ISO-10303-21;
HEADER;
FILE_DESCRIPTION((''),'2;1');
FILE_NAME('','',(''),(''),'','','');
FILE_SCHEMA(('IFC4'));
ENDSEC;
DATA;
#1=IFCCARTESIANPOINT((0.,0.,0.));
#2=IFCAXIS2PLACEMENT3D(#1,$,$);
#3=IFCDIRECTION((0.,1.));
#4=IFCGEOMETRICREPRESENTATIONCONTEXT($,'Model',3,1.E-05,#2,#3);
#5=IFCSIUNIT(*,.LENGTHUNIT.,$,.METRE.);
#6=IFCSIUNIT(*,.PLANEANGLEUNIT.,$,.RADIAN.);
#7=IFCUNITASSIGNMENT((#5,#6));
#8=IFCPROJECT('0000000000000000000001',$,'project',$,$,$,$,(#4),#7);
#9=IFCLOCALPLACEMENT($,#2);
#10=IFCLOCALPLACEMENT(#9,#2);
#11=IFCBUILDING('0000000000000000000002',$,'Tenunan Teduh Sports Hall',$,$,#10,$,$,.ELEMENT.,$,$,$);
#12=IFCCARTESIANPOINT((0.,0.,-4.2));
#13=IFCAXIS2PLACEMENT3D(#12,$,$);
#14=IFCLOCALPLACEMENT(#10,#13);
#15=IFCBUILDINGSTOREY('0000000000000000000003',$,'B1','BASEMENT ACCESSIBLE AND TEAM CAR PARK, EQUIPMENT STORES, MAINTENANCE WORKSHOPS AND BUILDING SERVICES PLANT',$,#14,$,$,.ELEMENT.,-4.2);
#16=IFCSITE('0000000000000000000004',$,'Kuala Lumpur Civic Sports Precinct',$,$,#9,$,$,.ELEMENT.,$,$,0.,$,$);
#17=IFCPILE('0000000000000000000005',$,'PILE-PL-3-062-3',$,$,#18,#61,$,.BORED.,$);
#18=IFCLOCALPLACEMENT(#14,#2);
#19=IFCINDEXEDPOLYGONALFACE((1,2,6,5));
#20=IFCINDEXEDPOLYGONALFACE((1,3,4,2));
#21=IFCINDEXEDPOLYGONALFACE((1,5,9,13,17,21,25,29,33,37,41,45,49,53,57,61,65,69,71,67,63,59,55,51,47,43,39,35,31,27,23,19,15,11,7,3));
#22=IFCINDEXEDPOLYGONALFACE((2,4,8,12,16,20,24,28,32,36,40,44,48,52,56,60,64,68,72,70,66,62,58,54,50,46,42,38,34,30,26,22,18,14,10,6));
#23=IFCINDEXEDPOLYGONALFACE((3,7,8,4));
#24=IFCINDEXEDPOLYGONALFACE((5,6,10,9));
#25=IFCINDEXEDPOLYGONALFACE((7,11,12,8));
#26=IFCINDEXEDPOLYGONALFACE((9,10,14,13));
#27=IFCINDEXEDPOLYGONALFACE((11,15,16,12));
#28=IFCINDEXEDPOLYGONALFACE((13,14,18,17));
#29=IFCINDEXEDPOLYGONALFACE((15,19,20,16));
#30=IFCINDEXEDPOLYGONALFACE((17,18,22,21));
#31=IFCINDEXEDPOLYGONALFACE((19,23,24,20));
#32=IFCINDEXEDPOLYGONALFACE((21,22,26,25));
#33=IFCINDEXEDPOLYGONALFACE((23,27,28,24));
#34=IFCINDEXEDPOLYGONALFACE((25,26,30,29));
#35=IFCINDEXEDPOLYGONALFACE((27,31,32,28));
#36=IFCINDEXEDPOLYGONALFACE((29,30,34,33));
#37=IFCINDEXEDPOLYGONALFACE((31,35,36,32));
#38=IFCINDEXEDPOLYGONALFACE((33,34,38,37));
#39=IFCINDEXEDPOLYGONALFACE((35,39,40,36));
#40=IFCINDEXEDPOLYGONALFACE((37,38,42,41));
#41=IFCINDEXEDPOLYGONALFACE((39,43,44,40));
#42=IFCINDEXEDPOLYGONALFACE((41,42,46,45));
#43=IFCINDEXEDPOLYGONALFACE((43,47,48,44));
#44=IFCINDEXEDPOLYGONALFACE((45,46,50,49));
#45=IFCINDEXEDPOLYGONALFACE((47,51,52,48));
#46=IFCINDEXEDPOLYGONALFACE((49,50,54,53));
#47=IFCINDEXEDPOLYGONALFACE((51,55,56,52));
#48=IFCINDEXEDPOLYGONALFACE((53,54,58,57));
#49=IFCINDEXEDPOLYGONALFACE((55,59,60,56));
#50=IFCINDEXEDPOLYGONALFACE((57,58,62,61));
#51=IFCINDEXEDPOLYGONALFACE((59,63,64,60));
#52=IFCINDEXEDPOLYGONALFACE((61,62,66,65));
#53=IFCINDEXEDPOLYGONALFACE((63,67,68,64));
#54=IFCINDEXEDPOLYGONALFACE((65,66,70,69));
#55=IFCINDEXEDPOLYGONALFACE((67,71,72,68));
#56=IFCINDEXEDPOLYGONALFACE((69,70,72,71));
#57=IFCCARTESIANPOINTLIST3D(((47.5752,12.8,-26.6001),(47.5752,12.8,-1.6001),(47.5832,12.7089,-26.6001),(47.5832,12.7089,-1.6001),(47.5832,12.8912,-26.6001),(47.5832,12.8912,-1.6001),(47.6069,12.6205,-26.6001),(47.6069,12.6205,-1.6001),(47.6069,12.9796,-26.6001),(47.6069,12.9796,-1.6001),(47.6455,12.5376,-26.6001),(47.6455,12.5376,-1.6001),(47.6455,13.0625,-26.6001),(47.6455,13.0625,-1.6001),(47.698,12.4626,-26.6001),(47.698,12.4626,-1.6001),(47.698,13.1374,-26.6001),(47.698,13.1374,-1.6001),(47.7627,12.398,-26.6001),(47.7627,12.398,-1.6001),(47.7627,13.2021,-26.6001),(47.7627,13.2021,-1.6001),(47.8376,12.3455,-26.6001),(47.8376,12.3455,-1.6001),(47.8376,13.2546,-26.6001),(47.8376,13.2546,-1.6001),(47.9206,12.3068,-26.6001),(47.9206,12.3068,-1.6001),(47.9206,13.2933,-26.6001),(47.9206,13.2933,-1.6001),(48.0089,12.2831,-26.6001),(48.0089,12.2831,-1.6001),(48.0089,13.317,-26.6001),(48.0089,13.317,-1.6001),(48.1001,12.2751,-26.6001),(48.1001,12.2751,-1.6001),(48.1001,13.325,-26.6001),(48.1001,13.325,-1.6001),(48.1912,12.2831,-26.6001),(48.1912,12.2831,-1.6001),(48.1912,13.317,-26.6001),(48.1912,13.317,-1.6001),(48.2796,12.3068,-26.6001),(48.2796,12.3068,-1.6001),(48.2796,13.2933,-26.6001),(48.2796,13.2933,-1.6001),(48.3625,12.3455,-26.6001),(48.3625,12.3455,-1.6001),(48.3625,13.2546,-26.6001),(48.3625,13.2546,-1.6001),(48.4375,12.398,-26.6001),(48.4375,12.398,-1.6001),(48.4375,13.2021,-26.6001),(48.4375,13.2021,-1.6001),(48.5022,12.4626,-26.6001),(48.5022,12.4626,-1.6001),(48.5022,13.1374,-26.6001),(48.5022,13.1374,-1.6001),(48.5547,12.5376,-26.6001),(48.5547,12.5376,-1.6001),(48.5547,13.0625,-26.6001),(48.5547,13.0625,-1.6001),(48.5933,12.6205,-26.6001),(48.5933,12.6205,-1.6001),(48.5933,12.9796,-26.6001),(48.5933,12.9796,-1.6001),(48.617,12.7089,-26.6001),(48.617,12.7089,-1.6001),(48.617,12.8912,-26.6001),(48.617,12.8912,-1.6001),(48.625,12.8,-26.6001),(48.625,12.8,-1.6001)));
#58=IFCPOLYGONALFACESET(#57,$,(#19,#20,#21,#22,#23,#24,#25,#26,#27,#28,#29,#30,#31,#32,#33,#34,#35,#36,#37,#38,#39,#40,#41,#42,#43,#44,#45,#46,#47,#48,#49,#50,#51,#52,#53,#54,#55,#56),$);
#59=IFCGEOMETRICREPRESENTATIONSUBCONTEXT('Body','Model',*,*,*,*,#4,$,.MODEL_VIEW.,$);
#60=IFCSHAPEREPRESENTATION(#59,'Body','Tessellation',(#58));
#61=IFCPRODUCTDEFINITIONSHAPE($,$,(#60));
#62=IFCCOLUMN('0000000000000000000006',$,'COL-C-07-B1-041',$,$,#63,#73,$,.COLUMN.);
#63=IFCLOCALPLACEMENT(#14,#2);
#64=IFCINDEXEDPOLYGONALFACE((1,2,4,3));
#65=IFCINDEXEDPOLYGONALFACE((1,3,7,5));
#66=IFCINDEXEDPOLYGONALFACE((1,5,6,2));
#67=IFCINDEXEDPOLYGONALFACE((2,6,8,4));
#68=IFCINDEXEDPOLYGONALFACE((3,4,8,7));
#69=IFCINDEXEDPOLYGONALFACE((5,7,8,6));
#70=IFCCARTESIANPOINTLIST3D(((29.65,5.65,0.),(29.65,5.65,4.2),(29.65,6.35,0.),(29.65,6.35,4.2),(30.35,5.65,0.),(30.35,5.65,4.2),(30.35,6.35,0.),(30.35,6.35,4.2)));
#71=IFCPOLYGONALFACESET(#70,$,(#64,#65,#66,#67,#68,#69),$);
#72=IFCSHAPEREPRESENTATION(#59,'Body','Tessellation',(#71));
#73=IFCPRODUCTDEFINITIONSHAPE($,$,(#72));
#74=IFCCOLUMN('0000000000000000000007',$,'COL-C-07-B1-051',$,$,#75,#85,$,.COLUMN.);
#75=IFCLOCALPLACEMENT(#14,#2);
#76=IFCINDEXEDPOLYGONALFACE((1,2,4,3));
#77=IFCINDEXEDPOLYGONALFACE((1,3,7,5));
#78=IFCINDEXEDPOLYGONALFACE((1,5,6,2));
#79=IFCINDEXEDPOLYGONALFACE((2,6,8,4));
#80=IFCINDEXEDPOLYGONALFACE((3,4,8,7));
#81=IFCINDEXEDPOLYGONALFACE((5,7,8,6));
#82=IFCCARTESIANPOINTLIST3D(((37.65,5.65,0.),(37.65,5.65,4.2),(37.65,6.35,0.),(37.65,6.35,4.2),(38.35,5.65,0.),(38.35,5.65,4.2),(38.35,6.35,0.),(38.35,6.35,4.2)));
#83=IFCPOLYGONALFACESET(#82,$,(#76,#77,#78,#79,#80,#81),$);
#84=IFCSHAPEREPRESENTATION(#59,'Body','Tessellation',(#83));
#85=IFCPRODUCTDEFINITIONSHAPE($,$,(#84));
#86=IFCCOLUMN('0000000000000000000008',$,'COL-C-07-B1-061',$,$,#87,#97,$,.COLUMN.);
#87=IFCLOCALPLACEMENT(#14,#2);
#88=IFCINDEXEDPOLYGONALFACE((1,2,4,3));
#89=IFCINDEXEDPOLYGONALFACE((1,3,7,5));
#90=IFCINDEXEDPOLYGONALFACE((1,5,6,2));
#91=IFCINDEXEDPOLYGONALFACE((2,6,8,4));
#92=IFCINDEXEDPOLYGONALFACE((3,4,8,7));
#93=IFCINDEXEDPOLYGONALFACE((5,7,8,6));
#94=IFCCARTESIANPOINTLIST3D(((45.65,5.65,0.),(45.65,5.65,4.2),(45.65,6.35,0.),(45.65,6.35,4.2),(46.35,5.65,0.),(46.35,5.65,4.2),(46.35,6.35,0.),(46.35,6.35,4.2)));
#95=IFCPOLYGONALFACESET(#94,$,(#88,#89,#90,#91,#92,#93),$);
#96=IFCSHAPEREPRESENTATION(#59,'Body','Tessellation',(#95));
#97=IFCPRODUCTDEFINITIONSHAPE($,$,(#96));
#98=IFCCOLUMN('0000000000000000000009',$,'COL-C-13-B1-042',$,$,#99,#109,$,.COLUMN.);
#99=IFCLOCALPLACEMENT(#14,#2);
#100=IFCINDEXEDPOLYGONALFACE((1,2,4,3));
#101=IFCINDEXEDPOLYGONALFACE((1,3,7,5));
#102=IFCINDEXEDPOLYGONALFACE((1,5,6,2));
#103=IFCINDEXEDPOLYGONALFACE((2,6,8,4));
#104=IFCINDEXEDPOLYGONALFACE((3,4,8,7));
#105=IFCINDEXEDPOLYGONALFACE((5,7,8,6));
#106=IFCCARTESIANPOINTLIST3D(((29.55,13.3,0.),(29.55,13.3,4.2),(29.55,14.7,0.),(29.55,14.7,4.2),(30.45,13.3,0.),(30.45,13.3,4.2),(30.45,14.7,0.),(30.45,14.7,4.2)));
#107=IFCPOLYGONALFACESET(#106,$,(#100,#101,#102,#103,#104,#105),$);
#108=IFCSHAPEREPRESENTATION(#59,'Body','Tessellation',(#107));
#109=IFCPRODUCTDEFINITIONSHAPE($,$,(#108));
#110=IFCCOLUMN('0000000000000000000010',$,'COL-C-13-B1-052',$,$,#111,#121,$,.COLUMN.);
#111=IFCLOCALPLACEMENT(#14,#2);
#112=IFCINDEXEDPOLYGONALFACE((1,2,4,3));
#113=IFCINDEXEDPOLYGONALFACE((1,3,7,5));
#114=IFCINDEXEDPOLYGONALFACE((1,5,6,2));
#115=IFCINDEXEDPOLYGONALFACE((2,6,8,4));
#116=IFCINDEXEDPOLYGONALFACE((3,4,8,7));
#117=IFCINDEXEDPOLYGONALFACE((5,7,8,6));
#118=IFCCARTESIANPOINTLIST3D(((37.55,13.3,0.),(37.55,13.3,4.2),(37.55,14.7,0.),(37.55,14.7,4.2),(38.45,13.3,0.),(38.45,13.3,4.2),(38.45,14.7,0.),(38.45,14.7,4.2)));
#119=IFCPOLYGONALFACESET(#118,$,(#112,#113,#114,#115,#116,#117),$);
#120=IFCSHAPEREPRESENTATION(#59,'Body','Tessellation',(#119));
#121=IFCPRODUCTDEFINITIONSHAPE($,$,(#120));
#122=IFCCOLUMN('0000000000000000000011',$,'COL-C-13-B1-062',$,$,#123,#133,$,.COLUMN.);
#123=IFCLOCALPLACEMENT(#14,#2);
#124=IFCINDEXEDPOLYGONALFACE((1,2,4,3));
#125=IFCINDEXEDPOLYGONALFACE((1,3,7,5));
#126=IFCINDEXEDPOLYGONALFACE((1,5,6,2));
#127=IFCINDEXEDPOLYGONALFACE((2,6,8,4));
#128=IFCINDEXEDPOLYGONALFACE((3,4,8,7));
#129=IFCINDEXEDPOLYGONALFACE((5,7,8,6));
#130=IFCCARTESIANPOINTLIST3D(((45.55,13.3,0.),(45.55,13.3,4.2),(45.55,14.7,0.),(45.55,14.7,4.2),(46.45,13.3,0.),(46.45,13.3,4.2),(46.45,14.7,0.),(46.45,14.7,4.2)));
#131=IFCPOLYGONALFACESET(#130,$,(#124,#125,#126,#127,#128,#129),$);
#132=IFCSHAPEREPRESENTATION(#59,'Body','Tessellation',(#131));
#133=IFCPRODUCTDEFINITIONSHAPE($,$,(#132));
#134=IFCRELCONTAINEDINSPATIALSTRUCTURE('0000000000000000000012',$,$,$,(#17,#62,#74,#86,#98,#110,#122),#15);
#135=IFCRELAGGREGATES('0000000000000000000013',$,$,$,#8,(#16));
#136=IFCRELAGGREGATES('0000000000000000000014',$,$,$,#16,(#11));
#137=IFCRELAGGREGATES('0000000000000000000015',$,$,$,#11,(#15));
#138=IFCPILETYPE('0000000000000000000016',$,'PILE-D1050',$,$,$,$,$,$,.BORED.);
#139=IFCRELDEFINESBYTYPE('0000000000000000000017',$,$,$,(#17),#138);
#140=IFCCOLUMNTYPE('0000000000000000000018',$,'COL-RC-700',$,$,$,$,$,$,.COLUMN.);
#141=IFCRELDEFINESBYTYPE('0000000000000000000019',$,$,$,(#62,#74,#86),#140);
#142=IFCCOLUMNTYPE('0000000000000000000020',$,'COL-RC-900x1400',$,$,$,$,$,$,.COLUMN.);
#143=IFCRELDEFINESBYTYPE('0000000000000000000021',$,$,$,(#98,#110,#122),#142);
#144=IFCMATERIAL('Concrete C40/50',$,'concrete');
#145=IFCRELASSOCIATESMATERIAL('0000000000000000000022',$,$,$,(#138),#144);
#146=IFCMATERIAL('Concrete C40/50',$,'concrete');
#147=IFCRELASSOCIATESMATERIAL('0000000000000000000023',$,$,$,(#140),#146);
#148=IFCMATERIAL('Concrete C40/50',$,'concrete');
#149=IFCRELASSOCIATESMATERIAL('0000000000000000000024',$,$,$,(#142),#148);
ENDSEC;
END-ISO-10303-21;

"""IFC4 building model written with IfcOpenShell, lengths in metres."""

from ifc_helpers import new_model, si_unit, direction, frame, origin, origin_2d, place, context, subcontext, project, spatial, rectangle, circle, extrude, material, material_profile, profile_set, type_object, element, save


model = new_model("IFC4")

# Units and contexts
model_context = context("Model", 3, precision=1e-05, world=origin(), true_north=direction((0.0, 1.0)))
body_context = subcontext(model_context, "Body", "Model", "MODEL_VIEW")
ifc_project = project(units=[si_unit("LENGTHUNIT", "METRE"), si_unit("PLANEANGLEUNIT", "RADIAN")], contexts=[model_context])

# Site, building, storey
site_placement = place(None, origin())
site = spatial("IfcSite", under=ifc_project, at=site_placement, Name="Kuala Lumpur Civic Sports Precinct", CompositionType="ELEMENT", RefElevation=0.0)
building_placement = place(site_placement, origin())
building = spatial("IfcBuilding", under=site, at=building_placement, Name="Tenunan Teduh Sports Hall", CompositionType="ELEMENT")
storey_placement = place(building_placement, frame((0.0, 0.0, -4.2)))
storey = spatial("IfcBuildingStorey", under=building, at=storey_placement, Name="B1", Description="BASEMENT ACCESSIBLE AND TEAM CAR PARK, EQUIPMENT STORES, MAINTENANCE WORKSHOPS AND BUILDING SERVICES PLANT", CompositionType="ELEMENT", Elevation=-4.2)

# Pile
ifc_material_1 = material(Name="Concrete C40/50", Category="concrete")
ifc_material_profile_1 = material_profile(ifc_material_1, circle(Radius=0.5249, at=origin_2d()), Name="PILE D1050")
ifc_profile_set_1 = profile_set([ifc_material_profile_1], Name="Concrete C40/50")
pile_type = type_object("IfcPileType", Name="PILE-D1050", PredefinedType="BORED", material=ifc_profile_set_1)
for number, where, z_axis, x_axis, name in (
    (1, (48.1001, 12.8, -1.6001), (0.0, 0.0, -1.0), (1.0, 0.0, 0.0), "PILE-PL-3-062-3"),
):
    element("IfcPile", number, at=place(storey_placement, frame(where, z_axis=z_axis, x_axis=x_axis)), inside=storey, type_object=pile_type, Name=name, PredefinedType="BORED", context=body_context, shape_type="SweptSolid", body=[
        extrude(circle(Radius=0.5249, at=origin_2d()), origin(), (0.0, 0.0, 1.0), 25.0),
    ])

# Columns
ifc_material_2 = material(Name="Concrete C40/50", Category="concrete")
ifc_material_profile_2 = material_profile(ifc_material_2, rectangle(XDim=0.7, YDim=0.7, at=origin_2d()), Name="RC 700x700")
ifc_profile_set_2 = profile_set([ifc_material_profile_2], Name="Concrete C40/50")
column_type_1 = type_object("IfcColumnType", Name="COL-RC-700", PredefinedType="COLUMN", material=ifc_profile_set_2)
for number, where, z_axis, x_axis, name in (
    (2, (30.0, 6.0, 0.0), (0.0, 0.0, 1.0), (1.0, 0.0, 0.0), "COL-C-07-B1-041"),
    (3, (38.0, 6.0, 0.0), (0.0, 0.0, 1.0), (1.0, 0.0, 0.0), "COL-C-07-B1-051"),
    (4, (46.0, 6.0, 0.0), (0.0, 0.0, 1.0), (1.0, 0.0, 0.0), "COL-C-07-B1-061"),
):
    element("IfcColumn", number, at=place(storey_placement, frame(where, z_axis=z_axis, x_axis=x_axis)), inside=storey, type_object=column_type_1, Name=name, PredefinedType="COLUMN", context=body_context, shape_type="SweptSolid", body=[
        extrude(rectangle(XDim=0.7, YDim=0.7, at=origin_2d()), origin(), (0.0, 0.0, 1.0), 4.2),
    ])
ifc_material_3 = material(Name="Concrete C40/50", Category="concrete")
ifc_material_profile_3 = material_profile(ifc_material_3, rectangle(XDim=0.8999, YDim=1.3999, at=origin_2d()), Name="RC 900x1400")
ifc_profile_set_3 = profile_set([ifc_material_profile_3], Name="Concrete C40/50")
column_type_2 = type_object("IfcColumnType", Name="COL-RC-900x1400", PredefinedType="COLUMN", material=ifc_profile_set_3)
for number, where, z_axis, x_axis, name in (
    (5, (30.0, 14.0, 0.0), (0.0, 0.0, 1.0), (1.0, 0.0, 0.0), "COL-C-13-B1-042"),
    (6, (38.0, 14.0, 0.0), (0.0, 0.0, 1.0), (1.0, 0.0, 0.0), "COL-C-13-B1-052"),
    (7, (46.0, 14.0, 0.0), (0.0, 0.0, 1.0), (1.0, 0.0, 0.0), "COL-C-13-B1-062"),
):
    element("IfcColumn", number, at=place(storey_placement, frame(where, z_axis=z_axis, x_axis=x_axis)), inside=storey, type_object=column_type_2, Name=name, PredefinedType="COLUMN", context=body_context, shape_type="SweptSolid", body=[
        extrude(rectangle(XDim=0.8999, YDim=1.3999, at=origin_2d()), origin(), (0.0, 0.0, 1.0), 4.2),
    ])

save(model, "model.ifc")
